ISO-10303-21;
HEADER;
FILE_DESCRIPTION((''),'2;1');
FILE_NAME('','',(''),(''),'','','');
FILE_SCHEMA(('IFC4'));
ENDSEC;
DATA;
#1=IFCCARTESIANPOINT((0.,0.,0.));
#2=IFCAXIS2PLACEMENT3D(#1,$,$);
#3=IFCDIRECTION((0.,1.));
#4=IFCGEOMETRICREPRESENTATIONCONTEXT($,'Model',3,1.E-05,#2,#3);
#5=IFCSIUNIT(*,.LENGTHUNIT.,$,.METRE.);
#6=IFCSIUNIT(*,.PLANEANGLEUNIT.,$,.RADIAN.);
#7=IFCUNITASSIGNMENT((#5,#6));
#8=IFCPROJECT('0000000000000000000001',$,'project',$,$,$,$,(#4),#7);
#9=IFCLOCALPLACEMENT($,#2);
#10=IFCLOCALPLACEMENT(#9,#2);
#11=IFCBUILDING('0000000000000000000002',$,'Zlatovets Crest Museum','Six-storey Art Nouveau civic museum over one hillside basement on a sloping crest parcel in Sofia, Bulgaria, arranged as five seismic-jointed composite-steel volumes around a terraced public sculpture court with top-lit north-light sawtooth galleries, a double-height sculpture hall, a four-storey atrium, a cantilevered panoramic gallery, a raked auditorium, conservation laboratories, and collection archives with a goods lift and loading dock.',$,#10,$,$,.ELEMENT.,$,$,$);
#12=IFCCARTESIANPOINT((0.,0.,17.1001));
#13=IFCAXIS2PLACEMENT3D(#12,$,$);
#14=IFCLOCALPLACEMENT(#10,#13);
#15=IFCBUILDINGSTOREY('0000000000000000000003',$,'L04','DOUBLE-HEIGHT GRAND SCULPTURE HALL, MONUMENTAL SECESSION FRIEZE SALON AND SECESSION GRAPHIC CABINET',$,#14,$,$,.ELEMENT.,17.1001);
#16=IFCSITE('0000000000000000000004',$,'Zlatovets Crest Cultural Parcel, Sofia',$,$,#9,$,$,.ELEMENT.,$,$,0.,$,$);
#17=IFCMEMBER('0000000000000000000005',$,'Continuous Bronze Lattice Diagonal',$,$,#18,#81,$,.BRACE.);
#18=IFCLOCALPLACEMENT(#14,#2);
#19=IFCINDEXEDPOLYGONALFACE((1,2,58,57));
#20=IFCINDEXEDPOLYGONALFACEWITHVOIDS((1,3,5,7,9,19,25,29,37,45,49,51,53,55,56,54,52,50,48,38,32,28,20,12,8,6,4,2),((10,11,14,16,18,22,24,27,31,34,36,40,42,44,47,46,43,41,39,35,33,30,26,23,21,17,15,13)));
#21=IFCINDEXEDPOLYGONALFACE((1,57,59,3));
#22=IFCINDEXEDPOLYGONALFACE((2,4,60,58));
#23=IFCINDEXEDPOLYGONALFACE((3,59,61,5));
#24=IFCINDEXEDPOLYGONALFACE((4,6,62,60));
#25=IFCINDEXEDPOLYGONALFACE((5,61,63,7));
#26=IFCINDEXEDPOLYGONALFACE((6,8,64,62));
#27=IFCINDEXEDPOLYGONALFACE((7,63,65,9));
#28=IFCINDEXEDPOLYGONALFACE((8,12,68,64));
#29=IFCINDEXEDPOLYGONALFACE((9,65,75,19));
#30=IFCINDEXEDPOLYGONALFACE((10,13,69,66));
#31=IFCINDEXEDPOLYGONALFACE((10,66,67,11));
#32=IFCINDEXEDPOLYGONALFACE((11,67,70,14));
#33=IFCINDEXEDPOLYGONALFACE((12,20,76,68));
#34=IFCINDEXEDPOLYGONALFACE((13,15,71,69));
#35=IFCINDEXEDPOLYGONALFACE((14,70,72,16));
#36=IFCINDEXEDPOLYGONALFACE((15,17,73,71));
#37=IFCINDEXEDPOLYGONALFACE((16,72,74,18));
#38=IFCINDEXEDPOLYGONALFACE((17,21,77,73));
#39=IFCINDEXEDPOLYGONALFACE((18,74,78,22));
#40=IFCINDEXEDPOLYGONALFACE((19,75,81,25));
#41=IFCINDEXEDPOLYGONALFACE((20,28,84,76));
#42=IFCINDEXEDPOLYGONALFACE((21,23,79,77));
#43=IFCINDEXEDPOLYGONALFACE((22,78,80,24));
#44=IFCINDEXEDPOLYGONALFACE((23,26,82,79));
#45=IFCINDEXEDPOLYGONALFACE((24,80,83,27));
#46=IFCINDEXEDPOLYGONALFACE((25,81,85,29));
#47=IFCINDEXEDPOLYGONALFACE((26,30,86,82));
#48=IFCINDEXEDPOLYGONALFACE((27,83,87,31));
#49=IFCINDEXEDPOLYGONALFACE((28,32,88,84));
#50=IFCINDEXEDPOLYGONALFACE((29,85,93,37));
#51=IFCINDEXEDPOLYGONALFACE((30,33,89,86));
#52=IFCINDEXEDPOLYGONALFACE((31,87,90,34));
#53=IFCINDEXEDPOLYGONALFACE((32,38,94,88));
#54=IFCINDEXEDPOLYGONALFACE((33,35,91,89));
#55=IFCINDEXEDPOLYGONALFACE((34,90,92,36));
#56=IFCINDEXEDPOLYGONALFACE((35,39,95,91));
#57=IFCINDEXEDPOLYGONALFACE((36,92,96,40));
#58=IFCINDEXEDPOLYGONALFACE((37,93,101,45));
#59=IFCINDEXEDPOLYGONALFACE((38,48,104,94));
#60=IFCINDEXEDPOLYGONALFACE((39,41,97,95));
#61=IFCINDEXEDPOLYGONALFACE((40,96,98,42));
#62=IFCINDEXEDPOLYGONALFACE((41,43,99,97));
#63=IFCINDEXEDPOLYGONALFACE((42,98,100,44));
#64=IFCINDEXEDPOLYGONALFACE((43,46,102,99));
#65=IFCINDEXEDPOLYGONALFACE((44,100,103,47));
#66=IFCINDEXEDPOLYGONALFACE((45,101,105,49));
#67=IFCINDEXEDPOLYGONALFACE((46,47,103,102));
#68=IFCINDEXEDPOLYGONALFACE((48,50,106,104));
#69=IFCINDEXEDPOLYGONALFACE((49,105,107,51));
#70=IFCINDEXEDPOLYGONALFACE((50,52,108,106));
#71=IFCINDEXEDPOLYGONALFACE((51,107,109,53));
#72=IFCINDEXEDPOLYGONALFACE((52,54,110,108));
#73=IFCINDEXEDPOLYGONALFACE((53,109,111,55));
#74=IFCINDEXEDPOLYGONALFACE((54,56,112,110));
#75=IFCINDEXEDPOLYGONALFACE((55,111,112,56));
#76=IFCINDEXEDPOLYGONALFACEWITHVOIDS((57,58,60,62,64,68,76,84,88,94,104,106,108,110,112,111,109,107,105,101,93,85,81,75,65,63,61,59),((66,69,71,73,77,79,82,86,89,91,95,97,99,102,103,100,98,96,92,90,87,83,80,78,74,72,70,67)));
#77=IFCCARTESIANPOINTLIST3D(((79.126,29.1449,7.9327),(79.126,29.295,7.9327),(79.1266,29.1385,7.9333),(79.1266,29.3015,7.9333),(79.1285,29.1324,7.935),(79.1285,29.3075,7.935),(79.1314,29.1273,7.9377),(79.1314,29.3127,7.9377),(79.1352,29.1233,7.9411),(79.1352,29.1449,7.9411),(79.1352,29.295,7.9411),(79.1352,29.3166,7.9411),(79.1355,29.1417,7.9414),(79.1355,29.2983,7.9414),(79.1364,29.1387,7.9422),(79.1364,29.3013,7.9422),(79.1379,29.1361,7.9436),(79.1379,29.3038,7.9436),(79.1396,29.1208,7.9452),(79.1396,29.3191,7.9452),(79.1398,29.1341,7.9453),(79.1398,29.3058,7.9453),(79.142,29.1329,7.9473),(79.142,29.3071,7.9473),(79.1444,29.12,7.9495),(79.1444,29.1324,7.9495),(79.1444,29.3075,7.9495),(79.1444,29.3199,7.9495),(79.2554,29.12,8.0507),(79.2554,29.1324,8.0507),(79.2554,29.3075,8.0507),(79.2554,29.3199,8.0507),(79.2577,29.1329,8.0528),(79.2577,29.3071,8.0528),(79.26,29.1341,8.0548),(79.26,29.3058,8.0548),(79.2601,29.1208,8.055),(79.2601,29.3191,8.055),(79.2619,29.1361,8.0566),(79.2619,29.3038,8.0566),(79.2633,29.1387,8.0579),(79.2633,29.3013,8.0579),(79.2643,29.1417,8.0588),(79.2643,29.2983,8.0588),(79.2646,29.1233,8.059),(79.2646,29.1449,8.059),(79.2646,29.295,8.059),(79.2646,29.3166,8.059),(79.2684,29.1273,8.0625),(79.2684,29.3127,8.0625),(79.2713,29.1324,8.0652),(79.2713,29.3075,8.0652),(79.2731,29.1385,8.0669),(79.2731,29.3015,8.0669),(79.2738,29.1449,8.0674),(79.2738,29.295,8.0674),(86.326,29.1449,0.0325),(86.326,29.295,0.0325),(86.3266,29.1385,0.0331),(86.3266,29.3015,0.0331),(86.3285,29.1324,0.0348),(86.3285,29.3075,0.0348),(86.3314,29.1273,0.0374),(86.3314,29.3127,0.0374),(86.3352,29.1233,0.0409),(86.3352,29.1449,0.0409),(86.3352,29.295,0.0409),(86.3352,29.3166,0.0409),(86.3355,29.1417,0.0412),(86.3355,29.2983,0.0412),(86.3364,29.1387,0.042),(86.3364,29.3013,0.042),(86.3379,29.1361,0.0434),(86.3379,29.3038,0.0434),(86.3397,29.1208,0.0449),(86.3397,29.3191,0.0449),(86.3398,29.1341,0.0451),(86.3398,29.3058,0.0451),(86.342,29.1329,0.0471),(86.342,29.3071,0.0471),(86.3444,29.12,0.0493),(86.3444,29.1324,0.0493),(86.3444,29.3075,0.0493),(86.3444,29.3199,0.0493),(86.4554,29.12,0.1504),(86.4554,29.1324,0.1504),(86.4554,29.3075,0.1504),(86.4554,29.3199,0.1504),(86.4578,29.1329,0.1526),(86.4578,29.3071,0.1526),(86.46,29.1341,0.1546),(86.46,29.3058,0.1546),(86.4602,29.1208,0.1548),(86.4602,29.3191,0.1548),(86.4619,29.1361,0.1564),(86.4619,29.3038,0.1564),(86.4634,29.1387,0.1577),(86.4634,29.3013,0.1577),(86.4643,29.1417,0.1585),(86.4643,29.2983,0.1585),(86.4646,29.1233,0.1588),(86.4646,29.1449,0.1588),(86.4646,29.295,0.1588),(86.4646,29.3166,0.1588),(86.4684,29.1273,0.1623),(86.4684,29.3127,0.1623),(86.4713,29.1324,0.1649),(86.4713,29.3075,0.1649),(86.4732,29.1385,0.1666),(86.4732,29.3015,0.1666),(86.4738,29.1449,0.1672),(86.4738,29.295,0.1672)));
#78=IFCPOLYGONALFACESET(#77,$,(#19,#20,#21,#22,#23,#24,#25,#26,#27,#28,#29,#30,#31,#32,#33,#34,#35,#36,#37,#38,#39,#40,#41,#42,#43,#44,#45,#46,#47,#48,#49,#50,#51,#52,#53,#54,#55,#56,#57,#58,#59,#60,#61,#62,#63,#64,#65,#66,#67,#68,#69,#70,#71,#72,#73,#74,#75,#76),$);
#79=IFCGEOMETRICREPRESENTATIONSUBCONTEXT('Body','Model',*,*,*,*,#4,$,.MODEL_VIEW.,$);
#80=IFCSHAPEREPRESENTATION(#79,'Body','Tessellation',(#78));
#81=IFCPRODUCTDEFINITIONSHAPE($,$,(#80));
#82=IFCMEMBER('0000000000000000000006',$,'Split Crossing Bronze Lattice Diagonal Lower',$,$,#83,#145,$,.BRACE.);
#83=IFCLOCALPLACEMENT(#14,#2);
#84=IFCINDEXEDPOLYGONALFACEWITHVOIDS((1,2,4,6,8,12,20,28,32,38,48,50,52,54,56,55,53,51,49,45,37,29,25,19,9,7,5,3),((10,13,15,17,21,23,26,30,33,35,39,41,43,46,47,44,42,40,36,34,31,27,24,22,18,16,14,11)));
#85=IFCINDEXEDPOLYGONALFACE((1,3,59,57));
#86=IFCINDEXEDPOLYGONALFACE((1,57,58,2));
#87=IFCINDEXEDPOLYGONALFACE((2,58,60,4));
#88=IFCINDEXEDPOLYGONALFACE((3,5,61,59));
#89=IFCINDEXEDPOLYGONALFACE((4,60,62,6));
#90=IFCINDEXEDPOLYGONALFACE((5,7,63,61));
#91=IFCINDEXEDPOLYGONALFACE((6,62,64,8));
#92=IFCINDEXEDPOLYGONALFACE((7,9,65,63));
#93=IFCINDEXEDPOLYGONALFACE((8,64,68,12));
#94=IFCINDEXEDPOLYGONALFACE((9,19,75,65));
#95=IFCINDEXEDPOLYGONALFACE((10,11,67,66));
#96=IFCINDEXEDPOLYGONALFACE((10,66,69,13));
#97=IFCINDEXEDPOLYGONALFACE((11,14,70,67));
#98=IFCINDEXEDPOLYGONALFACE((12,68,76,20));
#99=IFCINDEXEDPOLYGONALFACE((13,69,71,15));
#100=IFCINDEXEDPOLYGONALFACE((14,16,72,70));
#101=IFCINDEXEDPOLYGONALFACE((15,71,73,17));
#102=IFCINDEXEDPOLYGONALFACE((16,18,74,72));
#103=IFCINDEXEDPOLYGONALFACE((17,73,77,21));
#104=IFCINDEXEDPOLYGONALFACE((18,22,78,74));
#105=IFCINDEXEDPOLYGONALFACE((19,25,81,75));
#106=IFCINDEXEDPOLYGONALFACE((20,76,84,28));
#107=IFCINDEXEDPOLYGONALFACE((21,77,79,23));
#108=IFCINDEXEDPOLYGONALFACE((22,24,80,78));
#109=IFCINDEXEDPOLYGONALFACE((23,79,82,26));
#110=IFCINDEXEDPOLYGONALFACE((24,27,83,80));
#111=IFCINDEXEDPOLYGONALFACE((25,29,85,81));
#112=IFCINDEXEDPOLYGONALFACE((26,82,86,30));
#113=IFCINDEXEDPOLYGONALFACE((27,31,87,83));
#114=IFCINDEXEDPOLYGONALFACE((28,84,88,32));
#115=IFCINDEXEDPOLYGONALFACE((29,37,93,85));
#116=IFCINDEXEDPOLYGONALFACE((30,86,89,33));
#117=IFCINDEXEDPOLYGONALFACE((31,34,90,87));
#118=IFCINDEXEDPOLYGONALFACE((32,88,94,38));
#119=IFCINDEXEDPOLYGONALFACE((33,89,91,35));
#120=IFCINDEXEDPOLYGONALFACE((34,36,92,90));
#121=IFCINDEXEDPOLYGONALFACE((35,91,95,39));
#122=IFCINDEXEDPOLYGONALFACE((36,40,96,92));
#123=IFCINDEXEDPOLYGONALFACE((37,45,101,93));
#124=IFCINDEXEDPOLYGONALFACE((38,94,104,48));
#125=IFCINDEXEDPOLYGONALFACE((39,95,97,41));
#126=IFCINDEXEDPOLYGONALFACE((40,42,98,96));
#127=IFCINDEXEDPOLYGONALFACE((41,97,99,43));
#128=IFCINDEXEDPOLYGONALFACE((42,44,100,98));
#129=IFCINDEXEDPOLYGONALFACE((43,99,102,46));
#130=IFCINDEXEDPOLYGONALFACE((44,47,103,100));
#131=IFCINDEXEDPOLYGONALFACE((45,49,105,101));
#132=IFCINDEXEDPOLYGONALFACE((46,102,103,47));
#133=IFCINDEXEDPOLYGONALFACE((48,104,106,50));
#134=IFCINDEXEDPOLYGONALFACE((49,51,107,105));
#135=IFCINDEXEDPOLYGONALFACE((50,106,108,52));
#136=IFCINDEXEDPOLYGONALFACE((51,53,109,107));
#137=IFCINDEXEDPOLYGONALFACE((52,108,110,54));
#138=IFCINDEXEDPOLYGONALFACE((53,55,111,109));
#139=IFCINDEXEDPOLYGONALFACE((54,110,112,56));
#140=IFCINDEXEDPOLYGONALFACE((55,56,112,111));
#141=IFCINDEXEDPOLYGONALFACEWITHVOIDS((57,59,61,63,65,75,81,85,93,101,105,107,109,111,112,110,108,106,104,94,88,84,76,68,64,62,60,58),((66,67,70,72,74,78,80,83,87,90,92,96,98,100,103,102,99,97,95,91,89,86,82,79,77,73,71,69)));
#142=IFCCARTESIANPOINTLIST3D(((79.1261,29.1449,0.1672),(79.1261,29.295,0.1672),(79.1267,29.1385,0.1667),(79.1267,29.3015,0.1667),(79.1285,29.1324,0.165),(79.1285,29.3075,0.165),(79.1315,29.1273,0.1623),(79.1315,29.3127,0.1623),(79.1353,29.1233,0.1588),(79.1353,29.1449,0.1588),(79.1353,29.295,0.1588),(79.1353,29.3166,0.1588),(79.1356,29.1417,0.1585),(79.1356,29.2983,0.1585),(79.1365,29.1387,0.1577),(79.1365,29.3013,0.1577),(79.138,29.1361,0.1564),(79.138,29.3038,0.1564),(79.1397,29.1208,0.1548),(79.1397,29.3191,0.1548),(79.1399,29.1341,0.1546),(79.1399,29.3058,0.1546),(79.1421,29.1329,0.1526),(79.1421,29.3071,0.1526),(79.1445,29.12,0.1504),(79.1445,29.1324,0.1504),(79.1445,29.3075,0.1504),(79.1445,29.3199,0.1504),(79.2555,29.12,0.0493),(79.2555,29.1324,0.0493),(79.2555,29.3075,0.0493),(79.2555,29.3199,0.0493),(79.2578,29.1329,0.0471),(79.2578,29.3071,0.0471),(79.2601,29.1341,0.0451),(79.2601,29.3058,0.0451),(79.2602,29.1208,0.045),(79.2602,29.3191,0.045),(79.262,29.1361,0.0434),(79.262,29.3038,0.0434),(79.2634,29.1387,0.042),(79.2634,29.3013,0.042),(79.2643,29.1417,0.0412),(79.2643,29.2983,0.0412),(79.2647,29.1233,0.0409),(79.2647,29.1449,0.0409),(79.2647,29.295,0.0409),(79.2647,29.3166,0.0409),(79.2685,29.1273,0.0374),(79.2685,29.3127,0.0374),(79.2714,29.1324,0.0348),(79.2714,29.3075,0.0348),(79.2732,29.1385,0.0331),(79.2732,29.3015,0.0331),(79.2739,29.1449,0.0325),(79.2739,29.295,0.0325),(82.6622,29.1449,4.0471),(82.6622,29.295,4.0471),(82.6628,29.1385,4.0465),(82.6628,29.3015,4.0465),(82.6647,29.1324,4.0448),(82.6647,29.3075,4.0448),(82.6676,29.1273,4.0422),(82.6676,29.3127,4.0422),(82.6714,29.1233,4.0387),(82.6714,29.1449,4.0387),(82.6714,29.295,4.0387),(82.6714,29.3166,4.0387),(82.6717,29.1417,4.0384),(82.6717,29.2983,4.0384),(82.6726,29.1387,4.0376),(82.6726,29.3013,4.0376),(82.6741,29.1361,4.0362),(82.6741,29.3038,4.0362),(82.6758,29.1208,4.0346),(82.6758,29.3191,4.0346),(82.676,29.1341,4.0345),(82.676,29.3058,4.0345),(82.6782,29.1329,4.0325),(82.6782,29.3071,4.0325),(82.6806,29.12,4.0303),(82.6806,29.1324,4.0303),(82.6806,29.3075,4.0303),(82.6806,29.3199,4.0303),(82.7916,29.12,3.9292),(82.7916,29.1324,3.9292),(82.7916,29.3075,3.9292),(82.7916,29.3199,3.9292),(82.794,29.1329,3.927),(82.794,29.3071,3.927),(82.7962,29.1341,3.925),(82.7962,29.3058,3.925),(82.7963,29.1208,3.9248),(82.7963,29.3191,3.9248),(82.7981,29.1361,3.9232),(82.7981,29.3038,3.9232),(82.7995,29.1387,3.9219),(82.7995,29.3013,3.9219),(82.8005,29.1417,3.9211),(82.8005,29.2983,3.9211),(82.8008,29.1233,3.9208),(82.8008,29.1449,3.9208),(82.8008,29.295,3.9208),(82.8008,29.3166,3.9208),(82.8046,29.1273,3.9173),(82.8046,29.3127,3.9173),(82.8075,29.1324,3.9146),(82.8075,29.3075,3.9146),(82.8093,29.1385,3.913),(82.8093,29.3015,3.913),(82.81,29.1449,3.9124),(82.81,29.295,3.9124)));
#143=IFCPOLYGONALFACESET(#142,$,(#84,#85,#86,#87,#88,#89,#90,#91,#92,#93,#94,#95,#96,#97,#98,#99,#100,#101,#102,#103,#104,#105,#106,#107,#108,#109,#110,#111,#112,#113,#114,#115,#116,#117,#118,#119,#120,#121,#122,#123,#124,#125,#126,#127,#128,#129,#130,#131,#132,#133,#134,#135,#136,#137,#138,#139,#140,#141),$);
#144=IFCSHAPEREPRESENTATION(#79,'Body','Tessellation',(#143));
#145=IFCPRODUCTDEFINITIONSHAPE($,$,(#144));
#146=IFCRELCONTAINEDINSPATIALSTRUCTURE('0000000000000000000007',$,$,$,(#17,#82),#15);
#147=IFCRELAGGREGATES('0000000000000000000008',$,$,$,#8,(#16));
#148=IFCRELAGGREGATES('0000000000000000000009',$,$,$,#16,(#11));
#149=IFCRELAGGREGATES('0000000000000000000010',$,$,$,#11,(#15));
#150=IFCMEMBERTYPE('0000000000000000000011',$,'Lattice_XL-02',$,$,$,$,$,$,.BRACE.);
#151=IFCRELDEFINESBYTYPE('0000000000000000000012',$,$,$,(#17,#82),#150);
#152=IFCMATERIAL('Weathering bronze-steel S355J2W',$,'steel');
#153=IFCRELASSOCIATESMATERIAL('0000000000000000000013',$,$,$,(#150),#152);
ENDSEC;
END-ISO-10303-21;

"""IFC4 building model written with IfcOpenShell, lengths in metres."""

from ifc_helpers import new_model, si_unit, direction, frame, origin, origin_2d, place, context, subcontext, project, spatial, hollow_rectangle, extrude, material, material_profile, profile_set, type_object, element, save


model = new_model("IFC4")

# Units and contexts
model_context = context("Model", 3, precision=1e-05, world=origin(), true_north=direction((0.0, 1.0)))
body_context = subcontext(model_context, "Body", "Model", "MODEL_VIEW")
ifc_project = project(units=[si_unit("LENGTHUNIT", "METRE"), si_unit("PLANEANGLEUNIT", "RADIAN")], contexts=[model_context])

# Site, building, storey
site_placement = place(None, origin())
site = spatial("IfcSite", under=ifc_project, at=site_placement, Name="Zlatovets Crest Cultural Parcel, Sofia", CompositionType="ELEMENT", RefElevation=0.0)
building_placement = place(site_placement, origin())
building = spatial("IfcBuilding", under=site, at=building_placement, Name="Zlatovets Crest Museum", Description="Six-storey Art Nouveau civic museum over one hillside basement on a sloping crest parcel in Sofia, Bulgaria, arranged as five seismic-jointed composite-steel volumes around a terraced public sculpture court with top-lit north-light sawtooth galleries, a double-height sculpture hall, a four-storey atrium, a cantilevered panoramic gallery, a raked auditorium, conservation laboratories, and collection archives with a goods lift and loading dock.", CompositionType="ELEMENT")
storey_placement = place(building_placement, frame((0.0, 0.0, 17.1001)))
storey = spatial("IfcBuildingStorey", under=building, at=storey_placement, Name="L04", Description="DOUBLE-HEIGHT GRAND SCULPTURE HALL, MONUMENTAL SECESSION FRIEZE SALON AND SECESSION GRAPHIC CABINET", CompositionType="ELEMENT", Elevation=17.1001)

# Members
ifc_material_1 = material(Name="Weathering bronze-steel S355J2W", Category="steel")
ifc_material_profile_1 = material_profile(ifc_material_1, hollow_rectangle(XDim=0.2, YDim=0.2, WallThickness=0.0125, InnerFilletRadius=0.0125, OuterFilletRadius=0.0249, at=origin_2d()), Name="SHS 200x200x12.5")
ifc_profile_set_1 = profile_set([ifc_material_profile_1], Name="Weathering bronze-steel S355J2W")
member_type_1 = type_object("IfcMemberType", Name="Lattice_XL-02", PredefinedType="BRACE", material=ifc_profile_set_1)
member_1_placement = place(storey_placement, frame((86.3999, 29.22, 0.0999), z_axis=(-0.673594, 0.0, 0.739101), x_axis=(0.0, -1.0, 0.0)))
element("IfcMember", 1, at=member_1_placement, inside=storey, type_object=member_type_1, Name="Continuous Bronze Lattice Diagonal", PredefinedType="BRACE", context=body_context, shape_type="SweptSolid", body=[
    extrude(hollow_rectangle(XDim=0.2, YDim=0.2, WallThickness=0.0125, InnerFilletRadius=0.0125, OuterFilletRadius=0.0249, at=origin_2d()), origin(), (0.0, 0.0, 1.0), 10.689),
])
member_2_placement = place(storey_placement, frame((82.7361, 29.22, 3.9797), z_axis=(-0.673607, 0.0, -0.739089), x_axis=(0.0, -1.0, 0.0)))
element("IfcMember", 2, at=member_2_placement, inside=storey, type_object=member_type_1, Name="Split Crossing Bronze Lattice Diagonal Lower", PredefinedType="BRACE", context=body_context, shape_type="SweptSolid", body=[
    extrude(hollow_rectangle(XDim=0.2, YDim=0.2, WallThickness=0.0125, InnerFilletRadius=0.0125, OuterFilletRadius=0.0249, at=origin_2d()), origin(), (0.0, 0.0, 1.0), 5.2495),
])

save(model, "model.ifc")
